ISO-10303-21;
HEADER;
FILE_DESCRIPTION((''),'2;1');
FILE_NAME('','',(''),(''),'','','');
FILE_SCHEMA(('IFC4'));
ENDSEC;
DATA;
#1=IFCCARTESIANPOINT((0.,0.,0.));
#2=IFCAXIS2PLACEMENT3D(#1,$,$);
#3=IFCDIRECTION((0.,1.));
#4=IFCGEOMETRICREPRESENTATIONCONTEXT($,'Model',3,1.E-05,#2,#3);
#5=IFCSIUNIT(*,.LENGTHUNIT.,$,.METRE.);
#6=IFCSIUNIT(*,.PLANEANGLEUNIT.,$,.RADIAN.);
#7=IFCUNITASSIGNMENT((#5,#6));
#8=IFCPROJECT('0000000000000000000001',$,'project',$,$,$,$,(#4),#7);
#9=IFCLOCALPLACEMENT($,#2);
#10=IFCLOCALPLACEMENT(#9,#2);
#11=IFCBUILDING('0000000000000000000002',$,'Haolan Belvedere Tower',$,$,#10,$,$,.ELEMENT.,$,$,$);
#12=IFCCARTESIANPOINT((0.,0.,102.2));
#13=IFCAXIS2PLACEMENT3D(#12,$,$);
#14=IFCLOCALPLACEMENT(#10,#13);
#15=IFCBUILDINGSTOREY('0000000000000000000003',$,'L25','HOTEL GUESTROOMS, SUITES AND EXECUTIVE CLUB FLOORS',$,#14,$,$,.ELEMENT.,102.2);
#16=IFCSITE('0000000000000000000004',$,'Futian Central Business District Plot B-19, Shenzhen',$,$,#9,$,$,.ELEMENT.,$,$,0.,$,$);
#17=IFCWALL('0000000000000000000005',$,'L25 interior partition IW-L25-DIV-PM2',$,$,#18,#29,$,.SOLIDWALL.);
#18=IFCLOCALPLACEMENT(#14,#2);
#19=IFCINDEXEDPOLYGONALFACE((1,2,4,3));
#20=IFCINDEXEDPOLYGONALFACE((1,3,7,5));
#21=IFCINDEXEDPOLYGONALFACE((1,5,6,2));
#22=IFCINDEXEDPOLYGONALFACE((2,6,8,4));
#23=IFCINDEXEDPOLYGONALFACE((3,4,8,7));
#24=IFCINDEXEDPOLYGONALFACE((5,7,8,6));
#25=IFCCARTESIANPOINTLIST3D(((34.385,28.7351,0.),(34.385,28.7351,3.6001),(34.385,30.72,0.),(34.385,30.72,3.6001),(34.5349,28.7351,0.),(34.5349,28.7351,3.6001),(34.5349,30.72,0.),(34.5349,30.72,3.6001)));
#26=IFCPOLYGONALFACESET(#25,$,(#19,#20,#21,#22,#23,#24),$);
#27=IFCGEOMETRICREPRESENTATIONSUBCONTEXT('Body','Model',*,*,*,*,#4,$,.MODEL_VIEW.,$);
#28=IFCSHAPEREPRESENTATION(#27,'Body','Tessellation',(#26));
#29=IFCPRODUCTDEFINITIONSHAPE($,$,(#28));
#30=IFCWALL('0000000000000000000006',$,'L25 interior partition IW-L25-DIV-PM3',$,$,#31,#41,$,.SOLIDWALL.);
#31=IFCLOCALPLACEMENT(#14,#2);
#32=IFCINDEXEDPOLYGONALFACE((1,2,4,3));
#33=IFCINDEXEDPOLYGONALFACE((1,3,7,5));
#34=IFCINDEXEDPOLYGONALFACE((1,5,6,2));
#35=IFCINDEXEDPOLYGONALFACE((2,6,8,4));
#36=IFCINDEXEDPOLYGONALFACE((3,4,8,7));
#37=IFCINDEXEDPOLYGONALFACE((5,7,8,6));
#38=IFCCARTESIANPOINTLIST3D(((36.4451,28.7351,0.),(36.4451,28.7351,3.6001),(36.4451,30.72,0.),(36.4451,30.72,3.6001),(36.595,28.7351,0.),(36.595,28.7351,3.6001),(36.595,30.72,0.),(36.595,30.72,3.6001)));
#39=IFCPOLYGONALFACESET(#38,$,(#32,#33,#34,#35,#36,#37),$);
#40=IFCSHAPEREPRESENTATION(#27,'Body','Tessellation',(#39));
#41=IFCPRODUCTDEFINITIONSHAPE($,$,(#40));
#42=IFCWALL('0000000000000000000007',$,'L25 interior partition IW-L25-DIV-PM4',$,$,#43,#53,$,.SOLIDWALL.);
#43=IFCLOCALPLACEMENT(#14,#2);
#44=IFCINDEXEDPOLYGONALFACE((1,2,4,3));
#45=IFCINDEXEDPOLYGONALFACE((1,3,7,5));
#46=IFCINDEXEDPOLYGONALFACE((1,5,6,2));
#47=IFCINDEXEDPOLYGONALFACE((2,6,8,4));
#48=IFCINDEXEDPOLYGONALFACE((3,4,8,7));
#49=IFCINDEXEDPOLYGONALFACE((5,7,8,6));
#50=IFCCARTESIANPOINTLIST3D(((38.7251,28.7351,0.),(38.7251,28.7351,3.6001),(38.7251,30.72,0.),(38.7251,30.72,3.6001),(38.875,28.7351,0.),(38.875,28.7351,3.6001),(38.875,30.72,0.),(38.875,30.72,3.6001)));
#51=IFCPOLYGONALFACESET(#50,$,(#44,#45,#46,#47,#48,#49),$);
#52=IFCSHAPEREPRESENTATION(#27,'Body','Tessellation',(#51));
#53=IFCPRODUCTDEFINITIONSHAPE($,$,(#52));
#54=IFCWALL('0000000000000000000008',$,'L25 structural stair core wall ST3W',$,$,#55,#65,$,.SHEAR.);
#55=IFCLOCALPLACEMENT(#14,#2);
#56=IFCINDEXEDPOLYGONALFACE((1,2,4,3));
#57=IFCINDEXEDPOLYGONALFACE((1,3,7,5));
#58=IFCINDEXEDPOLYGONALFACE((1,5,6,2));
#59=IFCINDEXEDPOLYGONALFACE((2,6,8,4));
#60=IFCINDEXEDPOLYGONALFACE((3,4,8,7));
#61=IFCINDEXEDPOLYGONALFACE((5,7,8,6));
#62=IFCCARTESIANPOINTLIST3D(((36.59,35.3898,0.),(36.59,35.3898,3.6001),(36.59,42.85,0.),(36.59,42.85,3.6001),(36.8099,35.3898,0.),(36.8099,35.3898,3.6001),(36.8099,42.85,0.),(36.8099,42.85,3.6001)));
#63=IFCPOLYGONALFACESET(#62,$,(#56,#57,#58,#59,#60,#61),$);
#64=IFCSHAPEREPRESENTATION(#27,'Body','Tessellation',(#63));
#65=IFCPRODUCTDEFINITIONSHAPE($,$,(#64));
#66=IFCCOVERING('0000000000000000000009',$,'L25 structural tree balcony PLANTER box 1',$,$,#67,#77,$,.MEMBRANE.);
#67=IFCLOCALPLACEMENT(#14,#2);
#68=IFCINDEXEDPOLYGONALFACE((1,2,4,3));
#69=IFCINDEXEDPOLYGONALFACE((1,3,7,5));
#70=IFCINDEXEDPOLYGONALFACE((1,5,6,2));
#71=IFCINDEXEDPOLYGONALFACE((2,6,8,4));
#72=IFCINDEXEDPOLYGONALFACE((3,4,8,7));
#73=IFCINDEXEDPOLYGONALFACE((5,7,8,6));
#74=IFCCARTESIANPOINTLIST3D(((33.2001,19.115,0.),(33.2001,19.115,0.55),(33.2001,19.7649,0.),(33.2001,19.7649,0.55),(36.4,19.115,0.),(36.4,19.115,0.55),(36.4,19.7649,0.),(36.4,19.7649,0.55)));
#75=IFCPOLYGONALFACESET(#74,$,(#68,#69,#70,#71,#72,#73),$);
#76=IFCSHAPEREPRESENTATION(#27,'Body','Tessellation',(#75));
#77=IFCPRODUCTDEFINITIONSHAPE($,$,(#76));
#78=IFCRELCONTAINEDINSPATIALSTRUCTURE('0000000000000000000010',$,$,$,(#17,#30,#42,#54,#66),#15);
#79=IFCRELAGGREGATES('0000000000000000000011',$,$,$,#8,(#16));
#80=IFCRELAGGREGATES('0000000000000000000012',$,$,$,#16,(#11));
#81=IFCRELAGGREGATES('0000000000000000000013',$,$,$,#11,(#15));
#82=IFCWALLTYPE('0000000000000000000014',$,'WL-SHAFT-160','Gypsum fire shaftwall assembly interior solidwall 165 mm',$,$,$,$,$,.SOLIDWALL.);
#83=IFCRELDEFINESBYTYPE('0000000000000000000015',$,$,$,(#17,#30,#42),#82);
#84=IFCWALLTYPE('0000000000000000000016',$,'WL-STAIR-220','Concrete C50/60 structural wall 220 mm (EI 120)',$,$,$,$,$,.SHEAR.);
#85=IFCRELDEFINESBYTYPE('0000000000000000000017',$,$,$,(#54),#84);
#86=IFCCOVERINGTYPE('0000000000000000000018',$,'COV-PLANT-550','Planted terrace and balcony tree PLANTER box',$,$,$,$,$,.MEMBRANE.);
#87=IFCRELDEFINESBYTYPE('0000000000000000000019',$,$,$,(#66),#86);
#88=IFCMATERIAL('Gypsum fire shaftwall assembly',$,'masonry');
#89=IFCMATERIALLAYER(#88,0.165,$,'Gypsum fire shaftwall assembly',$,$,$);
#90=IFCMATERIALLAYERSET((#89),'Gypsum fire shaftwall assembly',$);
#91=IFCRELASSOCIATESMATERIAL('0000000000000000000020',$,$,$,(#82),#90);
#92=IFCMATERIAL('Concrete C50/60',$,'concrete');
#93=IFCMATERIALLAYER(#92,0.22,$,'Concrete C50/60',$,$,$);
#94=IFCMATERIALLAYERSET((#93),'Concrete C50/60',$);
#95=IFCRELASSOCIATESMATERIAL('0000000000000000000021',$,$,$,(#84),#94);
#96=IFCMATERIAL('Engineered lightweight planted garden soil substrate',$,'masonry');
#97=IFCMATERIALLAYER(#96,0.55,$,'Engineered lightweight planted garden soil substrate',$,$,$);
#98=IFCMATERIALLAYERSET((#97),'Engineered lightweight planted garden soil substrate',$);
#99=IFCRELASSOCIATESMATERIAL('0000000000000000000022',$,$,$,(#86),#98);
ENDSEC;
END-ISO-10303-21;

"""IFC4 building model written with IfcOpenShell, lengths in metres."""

from ifc_helpers import new_model, si_unit, direction, frame, frame_2d, origin, origin_2d, place, context, subcontext, project, spatial, rectangle, extrude, material, layer, layer_set, type_object, element, save


model = new_model("IFC4")

# Units and contexts
model_context = context("Model", 3, precision=1e-05, world=origin(), true_north=direction((0.0, 1.0)))
body_context = subcontext(model_context, "Body", "Model", "MODEL_VIEW")
ifc_project = project(units=[si_unit("LENGTHUNIT", "METRE"), si_unit("PLANEANGLEUNIT", "RADIAN")], contexts=[model_context])

# Site, building, storey
site_placement = place(None, origin())
site = spatial("IfcSite", under=ifc_project, at=site_placement, Name="Futian Central Business District Plot B-19, Shenzhen", CompositionType="ELEMENT", RefElevation=0.0)
building_placement = place(site_placement, origin())
building = spatial("IfcBuilding", under=site, at=building_placement, Name="Haolan Belvedere Tower", CompositionType="ELEMENT")
storey_placement = place(building_placement, frame((0.0, 0.0, 102.2)))
storey = spatial("IfcBuildingStorey", under=building, at=storey_placement, Name="L25", Description="HOTEL GUESTROOMS, SUITES AND EXECUTIVE CLUB FLOORS", CompositionType="ELEMENT", Elevation=102.2)

# Walls
ifc_material_1 = material(Name="Gypsum fire shaftwall assembly", Category="masonry")
ifc_layer_1 = layer(ifc_material_1, 0.165, Name="Gypsum fire shaftwall assembly")
ifc_layer_set_1 = layer_set([ifc_layer_1], Name="Gypsum fire shaftwall assembly")
wall_type_1 = type_object("IfcWallType", Name="WL-SHAFT-160", Description="Gypsum fire shaftwall assembly interior solidwall 165 mm", PredefinedType="SOLIDWALL", material=ifc_layer_set_1)
for number, where, z_axis, x_axis, name in (
    (1, (34.46, 28.7351, 0.0), (0.0, 0.0, 1.0), (0.0, 1.0, 0.0), "L25 interior partition IW-L25-DIV-PM2"),
    (2, (36.52, 28.7351, 0.0), (0.0, 0.0, 1.0), (0.0, 1.0, 0.0), "L25 interior partition IW-L25-DIV-PM3"),
    (3, (38.8, 28.7351, 0.0), (0.0, 0.0, 1.0), (0.0, 1.0, 0.0), "L25 interior partition IW-L25-DIV-PM4"),
):
    element("IfcWall", number, at=place(storey_placement, frame(where, z_axis=z_axis, x_axis=x_axis)), inside=storey, type_object=wall_type_1, Name=name, PredefinedType="SOLIDWALL", context=body_context, shape_type="SweptSolid", body=[
        extrude(rectangle(XDim=1.9849, YDim=0.1499, at=frame_2d((0.9924, 0.0))), origin(), (0.0, 0.0, 1.0), 3.6001),
    ])
ifc_material_2 = material(Name="Concrete C50/60", Category="concrete")
ifc_layer_2 = layer(ifc_material_2, 0.22, Name="Concrete C50/60")
ifc_layer_set_2 = layer_set([ifc_layer_2], Name="Concrete C50/60")
wall_type_2 = type_object("IfcWallType", Name="WL-STAIR-220", Description="Concrete C50/60 structural wall 220 mm (EI 120)", PredefinedType="SHEAR", material=ifc_layer_set_2)
wall_1_placement = place(storey_placement, frame((36.7, 35.3899, 0.0), z_axis=(0.0, 0.0, 1.0), x_axis=(0.0, 1.0, 0.0)))
element("IfcWall", 4, at=wall_1_placement, inside=storey, type_object=wall_type_2, Name="L25 structural stair core wall ST3W", PredefinedType="SHEAR", context=body_context, shape_type="SweptSolid", body=[
    extrude(rectangle(XDim=7.4602, YDim=0.22, at=frame_2d((3.73, 0.0))), origin(), (0.0, 0.0, 1.0), 3.6001),
])

# Covering
ifc_material_3 = material(Name="Engineered lightweight planted garden soil substrate", Category="masonry")
ifc_layer_3 = layer(ifc_material_3, 0.55, Name="Engineered lightweight planted garden soil substrate")
ifc_layer_set_3 = layer_set([ifc_layer_3], Name="Engineered lightweight planted garden soil substrate")
covering_type = type_object("IfcCoveringType", Name="COV-PLANT-550", Description="Planted terrace and balcony tree PLANTER box", PredefinedType="MEMBRANE", material=ifc_layer_set_3)
covering_placement = place(storey_placement, frame((34.8, 19.4399, 0.0), z_axis=(0.0, 0.0, 1.0), x_axis=(1.0, 0.0, 0.0)))
element("IfcCovering", 5, at=covering_placement, inside=storey, type_object=covering_type, Name="L25 structural tree balcony PLANTER box 1", PredefinedType="MEMBRANE", context=body_context, shape_type="SweptSolid", body=[
    extrude(rectangle(XDim=3.2, YDim=0.6499, at=origin_2d()), origin(), (0.0, 0.0, 1.0), 0.55),
])

save(model, "model.ifc")
